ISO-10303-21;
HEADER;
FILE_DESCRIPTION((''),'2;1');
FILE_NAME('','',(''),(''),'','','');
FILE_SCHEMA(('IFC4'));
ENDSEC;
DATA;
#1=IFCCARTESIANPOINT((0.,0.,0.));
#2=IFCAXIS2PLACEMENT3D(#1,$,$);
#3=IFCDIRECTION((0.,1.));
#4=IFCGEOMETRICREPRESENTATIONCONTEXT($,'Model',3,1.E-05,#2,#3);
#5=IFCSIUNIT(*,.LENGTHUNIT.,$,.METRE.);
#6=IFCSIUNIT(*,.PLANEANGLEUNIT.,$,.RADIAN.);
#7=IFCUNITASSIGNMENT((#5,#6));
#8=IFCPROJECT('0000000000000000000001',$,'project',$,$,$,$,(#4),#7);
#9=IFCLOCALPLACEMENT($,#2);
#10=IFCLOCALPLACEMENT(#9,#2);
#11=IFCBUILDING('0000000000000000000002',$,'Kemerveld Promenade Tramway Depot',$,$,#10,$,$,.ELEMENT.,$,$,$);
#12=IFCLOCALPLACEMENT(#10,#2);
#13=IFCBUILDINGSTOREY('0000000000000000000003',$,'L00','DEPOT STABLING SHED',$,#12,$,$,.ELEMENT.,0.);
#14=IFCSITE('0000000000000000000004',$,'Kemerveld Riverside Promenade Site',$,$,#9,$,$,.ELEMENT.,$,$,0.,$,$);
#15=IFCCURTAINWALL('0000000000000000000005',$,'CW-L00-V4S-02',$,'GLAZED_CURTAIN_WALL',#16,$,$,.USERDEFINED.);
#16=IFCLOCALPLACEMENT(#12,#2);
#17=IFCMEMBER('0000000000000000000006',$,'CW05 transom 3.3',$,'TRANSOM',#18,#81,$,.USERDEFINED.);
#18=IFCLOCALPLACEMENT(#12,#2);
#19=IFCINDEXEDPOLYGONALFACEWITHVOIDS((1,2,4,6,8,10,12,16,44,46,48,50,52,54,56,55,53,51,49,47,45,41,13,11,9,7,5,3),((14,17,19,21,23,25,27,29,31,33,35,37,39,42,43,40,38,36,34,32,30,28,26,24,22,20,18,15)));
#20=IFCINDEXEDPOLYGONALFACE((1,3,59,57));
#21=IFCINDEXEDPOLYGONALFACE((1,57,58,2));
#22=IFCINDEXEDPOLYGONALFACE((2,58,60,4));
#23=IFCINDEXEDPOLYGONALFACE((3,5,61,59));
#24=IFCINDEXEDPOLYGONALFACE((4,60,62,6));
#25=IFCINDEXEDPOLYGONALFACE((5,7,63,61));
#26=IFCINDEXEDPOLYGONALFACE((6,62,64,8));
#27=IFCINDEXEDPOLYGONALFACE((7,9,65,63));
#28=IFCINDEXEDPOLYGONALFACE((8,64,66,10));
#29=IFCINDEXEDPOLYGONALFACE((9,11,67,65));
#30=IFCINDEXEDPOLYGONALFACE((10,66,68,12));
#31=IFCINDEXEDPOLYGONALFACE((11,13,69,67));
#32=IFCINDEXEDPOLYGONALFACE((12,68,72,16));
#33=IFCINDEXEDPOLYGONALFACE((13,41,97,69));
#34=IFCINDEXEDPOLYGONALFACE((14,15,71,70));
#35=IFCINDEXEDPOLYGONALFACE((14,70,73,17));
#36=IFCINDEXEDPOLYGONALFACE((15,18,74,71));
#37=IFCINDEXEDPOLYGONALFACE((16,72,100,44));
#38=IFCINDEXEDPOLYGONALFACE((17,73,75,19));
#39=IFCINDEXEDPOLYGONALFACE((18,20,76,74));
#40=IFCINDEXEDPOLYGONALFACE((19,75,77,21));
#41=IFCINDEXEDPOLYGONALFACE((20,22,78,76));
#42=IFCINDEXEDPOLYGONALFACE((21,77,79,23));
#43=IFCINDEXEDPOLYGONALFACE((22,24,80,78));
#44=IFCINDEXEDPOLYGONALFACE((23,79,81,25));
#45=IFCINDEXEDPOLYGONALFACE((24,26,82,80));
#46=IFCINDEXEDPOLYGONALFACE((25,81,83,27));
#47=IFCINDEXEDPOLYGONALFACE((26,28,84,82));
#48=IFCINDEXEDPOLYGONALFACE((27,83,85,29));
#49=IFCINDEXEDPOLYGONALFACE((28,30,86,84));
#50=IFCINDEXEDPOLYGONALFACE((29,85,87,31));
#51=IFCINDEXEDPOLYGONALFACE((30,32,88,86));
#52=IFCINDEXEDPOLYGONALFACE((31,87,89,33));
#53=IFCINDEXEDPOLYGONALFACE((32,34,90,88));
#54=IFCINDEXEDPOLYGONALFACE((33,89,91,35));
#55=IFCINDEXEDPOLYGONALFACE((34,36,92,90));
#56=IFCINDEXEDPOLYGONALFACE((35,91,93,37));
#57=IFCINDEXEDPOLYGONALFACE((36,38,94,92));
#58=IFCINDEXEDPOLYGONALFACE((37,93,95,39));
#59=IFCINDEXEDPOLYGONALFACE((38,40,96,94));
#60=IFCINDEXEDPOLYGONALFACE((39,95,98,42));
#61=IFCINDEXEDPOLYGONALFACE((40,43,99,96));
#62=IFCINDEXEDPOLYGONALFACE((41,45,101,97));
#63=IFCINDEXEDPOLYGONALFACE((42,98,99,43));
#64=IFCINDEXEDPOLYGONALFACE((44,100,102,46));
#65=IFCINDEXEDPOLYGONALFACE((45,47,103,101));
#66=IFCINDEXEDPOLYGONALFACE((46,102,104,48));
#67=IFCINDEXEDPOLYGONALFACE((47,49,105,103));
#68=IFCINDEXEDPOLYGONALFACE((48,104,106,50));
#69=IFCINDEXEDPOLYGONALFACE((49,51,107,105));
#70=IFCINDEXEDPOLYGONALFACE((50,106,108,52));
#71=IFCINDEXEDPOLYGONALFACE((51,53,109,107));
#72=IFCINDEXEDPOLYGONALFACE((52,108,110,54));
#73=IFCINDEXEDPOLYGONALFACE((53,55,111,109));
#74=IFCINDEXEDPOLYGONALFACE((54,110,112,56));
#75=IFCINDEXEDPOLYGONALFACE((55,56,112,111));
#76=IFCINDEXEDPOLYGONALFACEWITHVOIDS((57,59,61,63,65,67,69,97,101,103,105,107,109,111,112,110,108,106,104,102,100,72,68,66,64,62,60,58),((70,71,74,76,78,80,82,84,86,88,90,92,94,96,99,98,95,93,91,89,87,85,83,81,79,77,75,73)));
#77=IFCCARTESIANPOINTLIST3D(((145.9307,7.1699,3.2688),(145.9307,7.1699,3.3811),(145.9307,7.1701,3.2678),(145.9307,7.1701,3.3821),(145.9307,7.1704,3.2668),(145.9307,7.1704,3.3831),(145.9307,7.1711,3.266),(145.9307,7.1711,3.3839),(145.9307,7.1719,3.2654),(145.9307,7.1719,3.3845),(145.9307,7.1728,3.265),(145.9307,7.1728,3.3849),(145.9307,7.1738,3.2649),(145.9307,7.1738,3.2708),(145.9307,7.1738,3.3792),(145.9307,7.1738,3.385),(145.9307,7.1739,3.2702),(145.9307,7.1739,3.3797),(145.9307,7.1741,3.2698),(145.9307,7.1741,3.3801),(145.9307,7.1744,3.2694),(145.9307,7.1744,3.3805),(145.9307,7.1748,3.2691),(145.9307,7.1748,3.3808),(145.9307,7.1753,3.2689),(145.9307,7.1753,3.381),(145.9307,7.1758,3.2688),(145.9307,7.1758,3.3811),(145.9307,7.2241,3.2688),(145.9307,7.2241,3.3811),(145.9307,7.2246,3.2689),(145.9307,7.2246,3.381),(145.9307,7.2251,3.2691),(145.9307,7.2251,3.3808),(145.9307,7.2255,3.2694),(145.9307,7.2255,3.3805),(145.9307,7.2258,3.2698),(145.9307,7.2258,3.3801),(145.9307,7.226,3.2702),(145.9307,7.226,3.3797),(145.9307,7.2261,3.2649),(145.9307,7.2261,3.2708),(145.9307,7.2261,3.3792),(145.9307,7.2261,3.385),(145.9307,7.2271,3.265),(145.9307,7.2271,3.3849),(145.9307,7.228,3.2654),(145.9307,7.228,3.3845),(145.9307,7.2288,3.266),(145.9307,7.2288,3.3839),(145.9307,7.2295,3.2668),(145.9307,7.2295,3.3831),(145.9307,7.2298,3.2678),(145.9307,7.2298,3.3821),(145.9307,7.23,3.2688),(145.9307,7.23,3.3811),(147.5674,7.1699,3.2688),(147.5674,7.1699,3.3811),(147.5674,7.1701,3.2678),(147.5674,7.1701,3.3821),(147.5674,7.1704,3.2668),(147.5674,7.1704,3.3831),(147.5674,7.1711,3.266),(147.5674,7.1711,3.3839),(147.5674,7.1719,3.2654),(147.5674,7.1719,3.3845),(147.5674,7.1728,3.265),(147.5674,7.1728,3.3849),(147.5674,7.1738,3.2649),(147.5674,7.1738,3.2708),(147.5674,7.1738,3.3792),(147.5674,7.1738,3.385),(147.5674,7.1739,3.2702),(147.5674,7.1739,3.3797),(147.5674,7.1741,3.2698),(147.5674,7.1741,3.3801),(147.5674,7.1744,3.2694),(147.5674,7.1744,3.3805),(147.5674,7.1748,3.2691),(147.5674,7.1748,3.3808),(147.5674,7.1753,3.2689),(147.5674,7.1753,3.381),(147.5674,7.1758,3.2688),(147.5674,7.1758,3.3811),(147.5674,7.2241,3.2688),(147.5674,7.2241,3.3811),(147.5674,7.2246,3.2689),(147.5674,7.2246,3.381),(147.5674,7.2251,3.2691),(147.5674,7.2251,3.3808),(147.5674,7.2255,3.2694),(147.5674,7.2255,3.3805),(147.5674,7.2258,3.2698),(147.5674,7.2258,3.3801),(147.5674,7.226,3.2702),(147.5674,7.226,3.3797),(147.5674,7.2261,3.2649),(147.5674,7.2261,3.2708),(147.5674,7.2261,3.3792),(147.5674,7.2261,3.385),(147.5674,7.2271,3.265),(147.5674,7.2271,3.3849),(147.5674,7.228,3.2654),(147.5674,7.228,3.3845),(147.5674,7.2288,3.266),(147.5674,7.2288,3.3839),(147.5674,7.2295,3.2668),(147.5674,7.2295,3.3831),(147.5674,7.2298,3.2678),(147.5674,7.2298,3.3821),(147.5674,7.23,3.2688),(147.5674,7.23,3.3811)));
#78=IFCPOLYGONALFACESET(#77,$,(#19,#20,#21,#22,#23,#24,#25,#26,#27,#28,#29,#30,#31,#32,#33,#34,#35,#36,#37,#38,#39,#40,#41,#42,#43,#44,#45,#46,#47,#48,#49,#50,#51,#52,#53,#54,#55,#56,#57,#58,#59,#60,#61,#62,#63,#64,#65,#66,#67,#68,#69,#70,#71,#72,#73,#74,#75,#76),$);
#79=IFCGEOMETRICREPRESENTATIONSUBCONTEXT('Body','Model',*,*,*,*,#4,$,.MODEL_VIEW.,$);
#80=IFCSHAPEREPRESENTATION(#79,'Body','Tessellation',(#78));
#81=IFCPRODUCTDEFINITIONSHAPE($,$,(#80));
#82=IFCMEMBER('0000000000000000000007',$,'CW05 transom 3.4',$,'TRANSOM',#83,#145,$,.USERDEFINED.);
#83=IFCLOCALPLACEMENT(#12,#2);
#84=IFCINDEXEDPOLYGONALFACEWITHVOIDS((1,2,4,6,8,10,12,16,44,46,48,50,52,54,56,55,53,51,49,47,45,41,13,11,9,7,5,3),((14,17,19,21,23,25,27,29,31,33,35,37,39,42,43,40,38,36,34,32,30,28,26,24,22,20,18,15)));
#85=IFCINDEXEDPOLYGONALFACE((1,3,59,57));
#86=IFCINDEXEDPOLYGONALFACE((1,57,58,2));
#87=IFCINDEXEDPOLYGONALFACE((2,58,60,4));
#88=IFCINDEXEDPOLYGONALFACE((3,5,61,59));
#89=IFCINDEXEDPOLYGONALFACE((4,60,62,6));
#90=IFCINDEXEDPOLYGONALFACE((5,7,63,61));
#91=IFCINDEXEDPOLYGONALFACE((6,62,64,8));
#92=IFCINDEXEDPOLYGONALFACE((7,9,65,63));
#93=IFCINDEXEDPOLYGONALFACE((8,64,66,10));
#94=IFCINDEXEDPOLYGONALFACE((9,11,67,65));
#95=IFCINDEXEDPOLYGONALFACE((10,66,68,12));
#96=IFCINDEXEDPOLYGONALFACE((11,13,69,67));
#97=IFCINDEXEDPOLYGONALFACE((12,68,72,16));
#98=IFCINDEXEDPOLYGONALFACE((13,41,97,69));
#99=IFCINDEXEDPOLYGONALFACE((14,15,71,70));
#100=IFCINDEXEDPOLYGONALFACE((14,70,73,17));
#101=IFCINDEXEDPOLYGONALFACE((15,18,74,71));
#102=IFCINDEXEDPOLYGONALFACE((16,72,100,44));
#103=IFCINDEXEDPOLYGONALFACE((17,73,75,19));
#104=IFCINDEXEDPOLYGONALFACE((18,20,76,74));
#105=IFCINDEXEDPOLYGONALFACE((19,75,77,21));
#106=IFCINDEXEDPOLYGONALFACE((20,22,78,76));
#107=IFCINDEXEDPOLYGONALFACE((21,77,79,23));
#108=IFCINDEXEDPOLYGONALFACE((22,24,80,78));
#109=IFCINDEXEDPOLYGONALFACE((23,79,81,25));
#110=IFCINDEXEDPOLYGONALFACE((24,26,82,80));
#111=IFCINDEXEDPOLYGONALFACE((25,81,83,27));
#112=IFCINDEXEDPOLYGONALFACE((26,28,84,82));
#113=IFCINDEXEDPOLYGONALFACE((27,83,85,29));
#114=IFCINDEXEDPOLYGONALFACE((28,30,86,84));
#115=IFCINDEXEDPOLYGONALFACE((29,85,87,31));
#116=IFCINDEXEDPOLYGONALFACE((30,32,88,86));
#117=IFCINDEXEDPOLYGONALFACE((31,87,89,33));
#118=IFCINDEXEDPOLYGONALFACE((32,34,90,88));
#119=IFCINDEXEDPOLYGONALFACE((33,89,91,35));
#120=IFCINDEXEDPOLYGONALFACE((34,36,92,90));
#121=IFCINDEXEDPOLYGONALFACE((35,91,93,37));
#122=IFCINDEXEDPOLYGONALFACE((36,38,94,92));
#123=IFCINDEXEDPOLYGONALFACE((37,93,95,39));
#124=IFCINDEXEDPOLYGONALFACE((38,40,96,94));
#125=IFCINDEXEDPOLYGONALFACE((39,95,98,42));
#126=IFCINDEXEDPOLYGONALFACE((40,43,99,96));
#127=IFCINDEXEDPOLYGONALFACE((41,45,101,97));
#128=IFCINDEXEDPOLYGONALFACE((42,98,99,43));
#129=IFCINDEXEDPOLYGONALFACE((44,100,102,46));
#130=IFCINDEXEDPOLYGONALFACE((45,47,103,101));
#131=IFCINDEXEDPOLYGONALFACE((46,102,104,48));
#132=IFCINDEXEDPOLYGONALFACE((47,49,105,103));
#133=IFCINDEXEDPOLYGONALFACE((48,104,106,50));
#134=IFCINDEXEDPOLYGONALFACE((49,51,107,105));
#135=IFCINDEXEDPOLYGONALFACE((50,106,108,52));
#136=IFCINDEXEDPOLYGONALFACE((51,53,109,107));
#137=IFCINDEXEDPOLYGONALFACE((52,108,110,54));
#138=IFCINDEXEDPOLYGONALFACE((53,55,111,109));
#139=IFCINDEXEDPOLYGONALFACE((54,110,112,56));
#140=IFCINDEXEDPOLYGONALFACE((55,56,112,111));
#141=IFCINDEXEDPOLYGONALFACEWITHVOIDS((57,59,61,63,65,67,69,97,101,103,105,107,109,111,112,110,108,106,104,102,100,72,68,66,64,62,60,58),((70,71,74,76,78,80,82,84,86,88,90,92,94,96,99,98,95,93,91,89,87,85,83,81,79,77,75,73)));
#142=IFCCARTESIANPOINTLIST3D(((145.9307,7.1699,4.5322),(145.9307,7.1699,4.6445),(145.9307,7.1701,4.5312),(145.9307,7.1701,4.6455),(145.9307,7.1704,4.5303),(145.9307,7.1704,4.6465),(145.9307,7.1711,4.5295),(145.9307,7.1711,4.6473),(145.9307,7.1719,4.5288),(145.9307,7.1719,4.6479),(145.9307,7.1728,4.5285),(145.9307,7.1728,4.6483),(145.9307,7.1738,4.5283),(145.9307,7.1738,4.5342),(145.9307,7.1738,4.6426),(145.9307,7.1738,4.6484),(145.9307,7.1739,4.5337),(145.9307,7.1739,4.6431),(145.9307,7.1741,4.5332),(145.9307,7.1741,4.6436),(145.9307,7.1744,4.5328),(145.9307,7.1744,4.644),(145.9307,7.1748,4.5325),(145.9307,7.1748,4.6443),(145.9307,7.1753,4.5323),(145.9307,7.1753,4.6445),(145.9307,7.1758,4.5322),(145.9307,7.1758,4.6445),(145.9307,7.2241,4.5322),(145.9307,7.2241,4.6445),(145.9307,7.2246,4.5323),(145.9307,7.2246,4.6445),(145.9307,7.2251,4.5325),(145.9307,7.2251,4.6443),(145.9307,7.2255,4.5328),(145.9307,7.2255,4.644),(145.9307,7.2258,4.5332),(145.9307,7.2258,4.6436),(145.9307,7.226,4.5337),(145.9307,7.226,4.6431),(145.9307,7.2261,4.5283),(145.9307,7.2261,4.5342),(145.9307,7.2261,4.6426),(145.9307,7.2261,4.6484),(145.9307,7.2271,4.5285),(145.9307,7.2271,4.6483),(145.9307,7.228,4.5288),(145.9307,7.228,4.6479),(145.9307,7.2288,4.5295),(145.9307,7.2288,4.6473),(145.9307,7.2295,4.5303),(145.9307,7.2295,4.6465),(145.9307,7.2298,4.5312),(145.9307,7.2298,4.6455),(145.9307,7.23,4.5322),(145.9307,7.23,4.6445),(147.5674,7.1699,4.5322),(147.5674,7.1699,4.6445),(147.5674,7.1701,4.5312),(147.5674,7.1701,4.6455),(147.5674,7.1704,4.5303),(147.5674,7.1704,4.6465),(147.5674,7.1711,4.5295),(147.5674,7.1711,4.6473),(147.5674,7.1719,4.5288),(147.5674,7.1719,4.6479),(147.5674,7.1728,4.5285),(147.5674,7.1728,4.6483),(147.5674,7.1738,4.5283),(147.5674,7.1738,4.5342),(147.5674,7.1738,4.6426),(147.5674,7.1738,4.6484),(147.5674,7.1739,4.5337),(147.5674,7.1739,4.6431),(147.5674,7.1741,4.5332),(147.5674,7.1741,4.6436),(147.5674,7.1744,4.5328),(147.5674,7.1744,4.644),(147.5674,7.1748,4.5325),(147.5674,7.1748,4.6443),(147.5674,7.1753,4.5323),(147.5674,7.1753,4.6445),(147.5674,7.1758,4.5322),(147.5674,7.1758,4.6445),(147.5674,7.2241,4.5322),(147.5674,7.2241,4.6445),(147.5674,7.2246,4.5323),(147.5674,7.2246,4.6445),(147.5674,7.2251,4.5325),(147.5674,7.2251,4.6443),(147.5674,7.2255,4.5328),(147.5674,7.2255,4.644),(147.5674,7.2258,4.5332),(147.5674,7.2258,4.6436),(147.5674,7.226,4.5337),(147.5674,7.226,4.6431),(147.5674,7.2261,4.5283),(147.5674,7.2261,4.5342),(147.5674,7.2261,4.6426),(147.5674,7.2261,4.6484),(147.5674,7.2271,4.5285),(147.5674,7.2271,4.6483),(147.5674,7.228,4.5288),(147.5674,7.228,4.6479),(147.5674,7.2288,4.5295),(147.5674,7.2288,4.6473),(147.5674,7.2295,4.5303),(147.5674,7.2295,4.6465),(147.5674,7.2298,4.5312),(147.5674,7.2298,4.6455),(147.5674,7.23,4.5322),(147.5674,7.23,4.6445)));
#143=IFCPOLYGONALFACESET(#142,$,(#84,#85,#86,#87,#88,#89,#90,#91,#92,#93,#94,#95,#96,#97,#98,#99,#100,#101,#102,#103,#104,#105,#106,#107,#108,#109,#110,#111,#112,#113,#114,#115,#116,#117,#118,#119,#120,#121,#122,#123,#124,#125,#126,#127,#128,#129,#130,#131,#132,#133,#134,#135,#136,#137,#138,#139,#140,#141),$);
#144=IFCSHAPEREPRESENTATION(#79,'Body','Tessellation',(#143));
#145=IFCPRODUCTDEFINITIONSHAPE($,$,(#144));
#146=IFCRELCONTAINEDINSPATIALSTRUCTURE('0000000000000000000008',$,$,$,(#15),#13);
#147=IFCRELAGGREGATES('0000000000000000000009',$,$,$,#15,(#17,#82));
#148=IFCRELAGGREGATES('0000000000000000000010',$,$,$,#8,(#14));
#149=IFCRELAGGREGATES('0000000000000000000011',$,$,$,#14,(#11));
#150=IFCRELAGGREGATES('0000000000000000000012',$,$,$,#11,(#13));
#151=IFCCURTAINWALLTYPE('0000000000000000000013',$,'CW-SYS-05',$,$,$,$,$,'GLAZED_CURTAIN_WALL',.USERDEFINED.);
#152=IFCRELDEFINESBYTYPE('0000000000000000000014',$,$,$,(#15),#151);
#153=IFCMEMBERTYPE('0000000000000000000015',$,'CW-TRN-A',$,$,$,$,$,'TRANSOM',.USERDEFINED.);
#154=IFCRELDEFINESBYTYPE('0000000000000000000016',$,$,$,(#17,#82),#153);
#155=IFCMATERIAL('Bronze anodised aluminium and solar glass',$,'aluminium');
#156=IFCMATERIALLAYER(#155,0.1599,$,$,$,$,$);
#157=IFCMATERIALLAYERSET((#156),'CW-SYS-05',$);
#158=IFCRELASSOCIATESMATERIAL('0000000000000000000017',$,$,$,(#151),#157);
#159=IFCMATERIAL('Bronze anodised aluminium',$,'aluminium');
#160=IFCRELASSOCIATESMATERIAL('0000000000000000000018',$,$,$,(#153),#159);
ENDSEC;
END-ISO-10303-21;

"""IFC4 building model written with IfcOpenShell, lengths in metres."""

from ifc_helpers import new_model, si_unit, direction, frame, origin, origin_2d, place, context, subcontext, project, spatial, hollow_rectangle, extrude, material, layer, layer_set, material_profile, profile_set, type_object, element, aggregate, save


model = new_model("IFC4")

# Units and contexts
model_context = context("Model", 3, precision=1e-05, world=origin(), true_north=direction((0.0, 1.0)))
body_context = subcontext(model_context, "Body", "Model", "MODEL_VIEW")
ifc_project = project(units=[si_unit("LENGTHUNIT", "METRE"), si_unit("PLANEANGLEUNIT", "RADIAN")], contexts=[model_context])

# Site, building, storey
site_placement = place(None, origin())
site = spatial("IfcSite", under=ifc_project, at=site_placement, Name="Kemerveld Riverside Promenade Site", CompositionType="ELEMENT", RefElevation=0.0)
building_placement = place(site_placement, origin())
building = spatial("IfcBuilding", under=site, at=building_placement, Name="Kemerveld Promenade Tramway Depot", CompositionType="ELEMENT")
storey_placement = place(building_placement, origin())
storey = spatial("IfcBuildingStorey", under=building, at=storey_placement, Name="L00", Description="DEPOT STABLING SHED", CompositionType="ELEMENT", Elevation=0.0)

# Curtain wall, members
ifc_material_1 = material(Name="Bronze anodised aluminium and solar glass", Category="aluminium")
ifc_layer_1 = layer(ifc_material_1, 0.1599)
ifc_layer_set_1 = layer_set([ifc_layer_1], Name="CW-SYS-05")
curtain_wall_type = type_object("IfcCurtainWallType", Name="CW-SYS-05", ElementType="GLAZED_CURTAIN_WALL", PredefinedType="USERDEFINED", material=ifc_layer_set_1)
curtain_wall_placement = place(storey_placement, origin())
curtain_wall = element("IfcCurtainWall", 1, at=curtain_wall_placement, inside=storey, type_object=curtain_wall_type, Name="CW-L00-V4S-02", ObjectType="GLAZED_CURTAIN_WALL", PredefinedType="USERDEFINED")
ifc_material_2 = material(Name="Bronze anodised aluminium", Category="aluminium")
ifc_material_profile_1 = material_profile(ifc_material_2, hollow_rectangle(XDim=0.0601, YDim=0.1201, WallThickness=0.0039, InnerFilletRadius=0.002, OuterFilletRadius=0.0039, at=origin_2d()), Name="CW-TRN-120x60")
ifc_profile_set_1 = profile_set([ifc_material_profile_1], Name="Bronze anodised aluminium")
member_type_1 = type_object("IfcMemberType", Name="CW-TRN-A", ElementType="TRANSOM", PredefinedType="USERDEFINED", material=ifc_profile_set_1)
member_1_placement = place(storey_placement, frame((147.5674, 7.2, 3.325), z_axis=(-1.0, 0.0, 0.0), x_axis=(0.0, -1.0, 0.0)))
member_1 = element("IfcMember", 2, at=member_1_placement, type_object=member_type_1, Name="CW05 transom 3.3", ObjectType="TRANSOM", PredefinedType="USERDEFINED", context=body_context, shape_type="SweptSolid", body=[
    extrude(hollow_rectangle(XDim=0.0601, YDim=0.1201, WallThickness=0.0039, InnerFilletRadius=0.002, OuterFilletRadius=0.0039, at=origin_2d()), origin(), (0.0, 0.0, 1.0), 1.6367),
])
member_2_placement = place(storey_placement, frame((147.5674, 7.2, 4.5884), z_axis=(-1.0, 0.0, 0.0), x_axis=(0.0, -1.0, 0.0)))
member_2 = element("IfcMember", 3, at=member_2_placement, type_object=member_type_1, Name="CW05 transom 3.4", ObjectType="TRANSOM", PredefinedType="USERDEFINED", context=body_context, shape_type="SweptSolid", body=[
    extrude(hollow_rectangle(XDim=0.0601, YDim=0.1201, WallThickness=0.0039, InnerFilletRadius=0.002, OuterFilletRadius=0.0039, at=origin_2d()), origin(), (0.0, 0.0, 1.0), 1.6367),
])
aggregate(curtain_wall, [member_1, member_2])

save(model, "model.ifc")
